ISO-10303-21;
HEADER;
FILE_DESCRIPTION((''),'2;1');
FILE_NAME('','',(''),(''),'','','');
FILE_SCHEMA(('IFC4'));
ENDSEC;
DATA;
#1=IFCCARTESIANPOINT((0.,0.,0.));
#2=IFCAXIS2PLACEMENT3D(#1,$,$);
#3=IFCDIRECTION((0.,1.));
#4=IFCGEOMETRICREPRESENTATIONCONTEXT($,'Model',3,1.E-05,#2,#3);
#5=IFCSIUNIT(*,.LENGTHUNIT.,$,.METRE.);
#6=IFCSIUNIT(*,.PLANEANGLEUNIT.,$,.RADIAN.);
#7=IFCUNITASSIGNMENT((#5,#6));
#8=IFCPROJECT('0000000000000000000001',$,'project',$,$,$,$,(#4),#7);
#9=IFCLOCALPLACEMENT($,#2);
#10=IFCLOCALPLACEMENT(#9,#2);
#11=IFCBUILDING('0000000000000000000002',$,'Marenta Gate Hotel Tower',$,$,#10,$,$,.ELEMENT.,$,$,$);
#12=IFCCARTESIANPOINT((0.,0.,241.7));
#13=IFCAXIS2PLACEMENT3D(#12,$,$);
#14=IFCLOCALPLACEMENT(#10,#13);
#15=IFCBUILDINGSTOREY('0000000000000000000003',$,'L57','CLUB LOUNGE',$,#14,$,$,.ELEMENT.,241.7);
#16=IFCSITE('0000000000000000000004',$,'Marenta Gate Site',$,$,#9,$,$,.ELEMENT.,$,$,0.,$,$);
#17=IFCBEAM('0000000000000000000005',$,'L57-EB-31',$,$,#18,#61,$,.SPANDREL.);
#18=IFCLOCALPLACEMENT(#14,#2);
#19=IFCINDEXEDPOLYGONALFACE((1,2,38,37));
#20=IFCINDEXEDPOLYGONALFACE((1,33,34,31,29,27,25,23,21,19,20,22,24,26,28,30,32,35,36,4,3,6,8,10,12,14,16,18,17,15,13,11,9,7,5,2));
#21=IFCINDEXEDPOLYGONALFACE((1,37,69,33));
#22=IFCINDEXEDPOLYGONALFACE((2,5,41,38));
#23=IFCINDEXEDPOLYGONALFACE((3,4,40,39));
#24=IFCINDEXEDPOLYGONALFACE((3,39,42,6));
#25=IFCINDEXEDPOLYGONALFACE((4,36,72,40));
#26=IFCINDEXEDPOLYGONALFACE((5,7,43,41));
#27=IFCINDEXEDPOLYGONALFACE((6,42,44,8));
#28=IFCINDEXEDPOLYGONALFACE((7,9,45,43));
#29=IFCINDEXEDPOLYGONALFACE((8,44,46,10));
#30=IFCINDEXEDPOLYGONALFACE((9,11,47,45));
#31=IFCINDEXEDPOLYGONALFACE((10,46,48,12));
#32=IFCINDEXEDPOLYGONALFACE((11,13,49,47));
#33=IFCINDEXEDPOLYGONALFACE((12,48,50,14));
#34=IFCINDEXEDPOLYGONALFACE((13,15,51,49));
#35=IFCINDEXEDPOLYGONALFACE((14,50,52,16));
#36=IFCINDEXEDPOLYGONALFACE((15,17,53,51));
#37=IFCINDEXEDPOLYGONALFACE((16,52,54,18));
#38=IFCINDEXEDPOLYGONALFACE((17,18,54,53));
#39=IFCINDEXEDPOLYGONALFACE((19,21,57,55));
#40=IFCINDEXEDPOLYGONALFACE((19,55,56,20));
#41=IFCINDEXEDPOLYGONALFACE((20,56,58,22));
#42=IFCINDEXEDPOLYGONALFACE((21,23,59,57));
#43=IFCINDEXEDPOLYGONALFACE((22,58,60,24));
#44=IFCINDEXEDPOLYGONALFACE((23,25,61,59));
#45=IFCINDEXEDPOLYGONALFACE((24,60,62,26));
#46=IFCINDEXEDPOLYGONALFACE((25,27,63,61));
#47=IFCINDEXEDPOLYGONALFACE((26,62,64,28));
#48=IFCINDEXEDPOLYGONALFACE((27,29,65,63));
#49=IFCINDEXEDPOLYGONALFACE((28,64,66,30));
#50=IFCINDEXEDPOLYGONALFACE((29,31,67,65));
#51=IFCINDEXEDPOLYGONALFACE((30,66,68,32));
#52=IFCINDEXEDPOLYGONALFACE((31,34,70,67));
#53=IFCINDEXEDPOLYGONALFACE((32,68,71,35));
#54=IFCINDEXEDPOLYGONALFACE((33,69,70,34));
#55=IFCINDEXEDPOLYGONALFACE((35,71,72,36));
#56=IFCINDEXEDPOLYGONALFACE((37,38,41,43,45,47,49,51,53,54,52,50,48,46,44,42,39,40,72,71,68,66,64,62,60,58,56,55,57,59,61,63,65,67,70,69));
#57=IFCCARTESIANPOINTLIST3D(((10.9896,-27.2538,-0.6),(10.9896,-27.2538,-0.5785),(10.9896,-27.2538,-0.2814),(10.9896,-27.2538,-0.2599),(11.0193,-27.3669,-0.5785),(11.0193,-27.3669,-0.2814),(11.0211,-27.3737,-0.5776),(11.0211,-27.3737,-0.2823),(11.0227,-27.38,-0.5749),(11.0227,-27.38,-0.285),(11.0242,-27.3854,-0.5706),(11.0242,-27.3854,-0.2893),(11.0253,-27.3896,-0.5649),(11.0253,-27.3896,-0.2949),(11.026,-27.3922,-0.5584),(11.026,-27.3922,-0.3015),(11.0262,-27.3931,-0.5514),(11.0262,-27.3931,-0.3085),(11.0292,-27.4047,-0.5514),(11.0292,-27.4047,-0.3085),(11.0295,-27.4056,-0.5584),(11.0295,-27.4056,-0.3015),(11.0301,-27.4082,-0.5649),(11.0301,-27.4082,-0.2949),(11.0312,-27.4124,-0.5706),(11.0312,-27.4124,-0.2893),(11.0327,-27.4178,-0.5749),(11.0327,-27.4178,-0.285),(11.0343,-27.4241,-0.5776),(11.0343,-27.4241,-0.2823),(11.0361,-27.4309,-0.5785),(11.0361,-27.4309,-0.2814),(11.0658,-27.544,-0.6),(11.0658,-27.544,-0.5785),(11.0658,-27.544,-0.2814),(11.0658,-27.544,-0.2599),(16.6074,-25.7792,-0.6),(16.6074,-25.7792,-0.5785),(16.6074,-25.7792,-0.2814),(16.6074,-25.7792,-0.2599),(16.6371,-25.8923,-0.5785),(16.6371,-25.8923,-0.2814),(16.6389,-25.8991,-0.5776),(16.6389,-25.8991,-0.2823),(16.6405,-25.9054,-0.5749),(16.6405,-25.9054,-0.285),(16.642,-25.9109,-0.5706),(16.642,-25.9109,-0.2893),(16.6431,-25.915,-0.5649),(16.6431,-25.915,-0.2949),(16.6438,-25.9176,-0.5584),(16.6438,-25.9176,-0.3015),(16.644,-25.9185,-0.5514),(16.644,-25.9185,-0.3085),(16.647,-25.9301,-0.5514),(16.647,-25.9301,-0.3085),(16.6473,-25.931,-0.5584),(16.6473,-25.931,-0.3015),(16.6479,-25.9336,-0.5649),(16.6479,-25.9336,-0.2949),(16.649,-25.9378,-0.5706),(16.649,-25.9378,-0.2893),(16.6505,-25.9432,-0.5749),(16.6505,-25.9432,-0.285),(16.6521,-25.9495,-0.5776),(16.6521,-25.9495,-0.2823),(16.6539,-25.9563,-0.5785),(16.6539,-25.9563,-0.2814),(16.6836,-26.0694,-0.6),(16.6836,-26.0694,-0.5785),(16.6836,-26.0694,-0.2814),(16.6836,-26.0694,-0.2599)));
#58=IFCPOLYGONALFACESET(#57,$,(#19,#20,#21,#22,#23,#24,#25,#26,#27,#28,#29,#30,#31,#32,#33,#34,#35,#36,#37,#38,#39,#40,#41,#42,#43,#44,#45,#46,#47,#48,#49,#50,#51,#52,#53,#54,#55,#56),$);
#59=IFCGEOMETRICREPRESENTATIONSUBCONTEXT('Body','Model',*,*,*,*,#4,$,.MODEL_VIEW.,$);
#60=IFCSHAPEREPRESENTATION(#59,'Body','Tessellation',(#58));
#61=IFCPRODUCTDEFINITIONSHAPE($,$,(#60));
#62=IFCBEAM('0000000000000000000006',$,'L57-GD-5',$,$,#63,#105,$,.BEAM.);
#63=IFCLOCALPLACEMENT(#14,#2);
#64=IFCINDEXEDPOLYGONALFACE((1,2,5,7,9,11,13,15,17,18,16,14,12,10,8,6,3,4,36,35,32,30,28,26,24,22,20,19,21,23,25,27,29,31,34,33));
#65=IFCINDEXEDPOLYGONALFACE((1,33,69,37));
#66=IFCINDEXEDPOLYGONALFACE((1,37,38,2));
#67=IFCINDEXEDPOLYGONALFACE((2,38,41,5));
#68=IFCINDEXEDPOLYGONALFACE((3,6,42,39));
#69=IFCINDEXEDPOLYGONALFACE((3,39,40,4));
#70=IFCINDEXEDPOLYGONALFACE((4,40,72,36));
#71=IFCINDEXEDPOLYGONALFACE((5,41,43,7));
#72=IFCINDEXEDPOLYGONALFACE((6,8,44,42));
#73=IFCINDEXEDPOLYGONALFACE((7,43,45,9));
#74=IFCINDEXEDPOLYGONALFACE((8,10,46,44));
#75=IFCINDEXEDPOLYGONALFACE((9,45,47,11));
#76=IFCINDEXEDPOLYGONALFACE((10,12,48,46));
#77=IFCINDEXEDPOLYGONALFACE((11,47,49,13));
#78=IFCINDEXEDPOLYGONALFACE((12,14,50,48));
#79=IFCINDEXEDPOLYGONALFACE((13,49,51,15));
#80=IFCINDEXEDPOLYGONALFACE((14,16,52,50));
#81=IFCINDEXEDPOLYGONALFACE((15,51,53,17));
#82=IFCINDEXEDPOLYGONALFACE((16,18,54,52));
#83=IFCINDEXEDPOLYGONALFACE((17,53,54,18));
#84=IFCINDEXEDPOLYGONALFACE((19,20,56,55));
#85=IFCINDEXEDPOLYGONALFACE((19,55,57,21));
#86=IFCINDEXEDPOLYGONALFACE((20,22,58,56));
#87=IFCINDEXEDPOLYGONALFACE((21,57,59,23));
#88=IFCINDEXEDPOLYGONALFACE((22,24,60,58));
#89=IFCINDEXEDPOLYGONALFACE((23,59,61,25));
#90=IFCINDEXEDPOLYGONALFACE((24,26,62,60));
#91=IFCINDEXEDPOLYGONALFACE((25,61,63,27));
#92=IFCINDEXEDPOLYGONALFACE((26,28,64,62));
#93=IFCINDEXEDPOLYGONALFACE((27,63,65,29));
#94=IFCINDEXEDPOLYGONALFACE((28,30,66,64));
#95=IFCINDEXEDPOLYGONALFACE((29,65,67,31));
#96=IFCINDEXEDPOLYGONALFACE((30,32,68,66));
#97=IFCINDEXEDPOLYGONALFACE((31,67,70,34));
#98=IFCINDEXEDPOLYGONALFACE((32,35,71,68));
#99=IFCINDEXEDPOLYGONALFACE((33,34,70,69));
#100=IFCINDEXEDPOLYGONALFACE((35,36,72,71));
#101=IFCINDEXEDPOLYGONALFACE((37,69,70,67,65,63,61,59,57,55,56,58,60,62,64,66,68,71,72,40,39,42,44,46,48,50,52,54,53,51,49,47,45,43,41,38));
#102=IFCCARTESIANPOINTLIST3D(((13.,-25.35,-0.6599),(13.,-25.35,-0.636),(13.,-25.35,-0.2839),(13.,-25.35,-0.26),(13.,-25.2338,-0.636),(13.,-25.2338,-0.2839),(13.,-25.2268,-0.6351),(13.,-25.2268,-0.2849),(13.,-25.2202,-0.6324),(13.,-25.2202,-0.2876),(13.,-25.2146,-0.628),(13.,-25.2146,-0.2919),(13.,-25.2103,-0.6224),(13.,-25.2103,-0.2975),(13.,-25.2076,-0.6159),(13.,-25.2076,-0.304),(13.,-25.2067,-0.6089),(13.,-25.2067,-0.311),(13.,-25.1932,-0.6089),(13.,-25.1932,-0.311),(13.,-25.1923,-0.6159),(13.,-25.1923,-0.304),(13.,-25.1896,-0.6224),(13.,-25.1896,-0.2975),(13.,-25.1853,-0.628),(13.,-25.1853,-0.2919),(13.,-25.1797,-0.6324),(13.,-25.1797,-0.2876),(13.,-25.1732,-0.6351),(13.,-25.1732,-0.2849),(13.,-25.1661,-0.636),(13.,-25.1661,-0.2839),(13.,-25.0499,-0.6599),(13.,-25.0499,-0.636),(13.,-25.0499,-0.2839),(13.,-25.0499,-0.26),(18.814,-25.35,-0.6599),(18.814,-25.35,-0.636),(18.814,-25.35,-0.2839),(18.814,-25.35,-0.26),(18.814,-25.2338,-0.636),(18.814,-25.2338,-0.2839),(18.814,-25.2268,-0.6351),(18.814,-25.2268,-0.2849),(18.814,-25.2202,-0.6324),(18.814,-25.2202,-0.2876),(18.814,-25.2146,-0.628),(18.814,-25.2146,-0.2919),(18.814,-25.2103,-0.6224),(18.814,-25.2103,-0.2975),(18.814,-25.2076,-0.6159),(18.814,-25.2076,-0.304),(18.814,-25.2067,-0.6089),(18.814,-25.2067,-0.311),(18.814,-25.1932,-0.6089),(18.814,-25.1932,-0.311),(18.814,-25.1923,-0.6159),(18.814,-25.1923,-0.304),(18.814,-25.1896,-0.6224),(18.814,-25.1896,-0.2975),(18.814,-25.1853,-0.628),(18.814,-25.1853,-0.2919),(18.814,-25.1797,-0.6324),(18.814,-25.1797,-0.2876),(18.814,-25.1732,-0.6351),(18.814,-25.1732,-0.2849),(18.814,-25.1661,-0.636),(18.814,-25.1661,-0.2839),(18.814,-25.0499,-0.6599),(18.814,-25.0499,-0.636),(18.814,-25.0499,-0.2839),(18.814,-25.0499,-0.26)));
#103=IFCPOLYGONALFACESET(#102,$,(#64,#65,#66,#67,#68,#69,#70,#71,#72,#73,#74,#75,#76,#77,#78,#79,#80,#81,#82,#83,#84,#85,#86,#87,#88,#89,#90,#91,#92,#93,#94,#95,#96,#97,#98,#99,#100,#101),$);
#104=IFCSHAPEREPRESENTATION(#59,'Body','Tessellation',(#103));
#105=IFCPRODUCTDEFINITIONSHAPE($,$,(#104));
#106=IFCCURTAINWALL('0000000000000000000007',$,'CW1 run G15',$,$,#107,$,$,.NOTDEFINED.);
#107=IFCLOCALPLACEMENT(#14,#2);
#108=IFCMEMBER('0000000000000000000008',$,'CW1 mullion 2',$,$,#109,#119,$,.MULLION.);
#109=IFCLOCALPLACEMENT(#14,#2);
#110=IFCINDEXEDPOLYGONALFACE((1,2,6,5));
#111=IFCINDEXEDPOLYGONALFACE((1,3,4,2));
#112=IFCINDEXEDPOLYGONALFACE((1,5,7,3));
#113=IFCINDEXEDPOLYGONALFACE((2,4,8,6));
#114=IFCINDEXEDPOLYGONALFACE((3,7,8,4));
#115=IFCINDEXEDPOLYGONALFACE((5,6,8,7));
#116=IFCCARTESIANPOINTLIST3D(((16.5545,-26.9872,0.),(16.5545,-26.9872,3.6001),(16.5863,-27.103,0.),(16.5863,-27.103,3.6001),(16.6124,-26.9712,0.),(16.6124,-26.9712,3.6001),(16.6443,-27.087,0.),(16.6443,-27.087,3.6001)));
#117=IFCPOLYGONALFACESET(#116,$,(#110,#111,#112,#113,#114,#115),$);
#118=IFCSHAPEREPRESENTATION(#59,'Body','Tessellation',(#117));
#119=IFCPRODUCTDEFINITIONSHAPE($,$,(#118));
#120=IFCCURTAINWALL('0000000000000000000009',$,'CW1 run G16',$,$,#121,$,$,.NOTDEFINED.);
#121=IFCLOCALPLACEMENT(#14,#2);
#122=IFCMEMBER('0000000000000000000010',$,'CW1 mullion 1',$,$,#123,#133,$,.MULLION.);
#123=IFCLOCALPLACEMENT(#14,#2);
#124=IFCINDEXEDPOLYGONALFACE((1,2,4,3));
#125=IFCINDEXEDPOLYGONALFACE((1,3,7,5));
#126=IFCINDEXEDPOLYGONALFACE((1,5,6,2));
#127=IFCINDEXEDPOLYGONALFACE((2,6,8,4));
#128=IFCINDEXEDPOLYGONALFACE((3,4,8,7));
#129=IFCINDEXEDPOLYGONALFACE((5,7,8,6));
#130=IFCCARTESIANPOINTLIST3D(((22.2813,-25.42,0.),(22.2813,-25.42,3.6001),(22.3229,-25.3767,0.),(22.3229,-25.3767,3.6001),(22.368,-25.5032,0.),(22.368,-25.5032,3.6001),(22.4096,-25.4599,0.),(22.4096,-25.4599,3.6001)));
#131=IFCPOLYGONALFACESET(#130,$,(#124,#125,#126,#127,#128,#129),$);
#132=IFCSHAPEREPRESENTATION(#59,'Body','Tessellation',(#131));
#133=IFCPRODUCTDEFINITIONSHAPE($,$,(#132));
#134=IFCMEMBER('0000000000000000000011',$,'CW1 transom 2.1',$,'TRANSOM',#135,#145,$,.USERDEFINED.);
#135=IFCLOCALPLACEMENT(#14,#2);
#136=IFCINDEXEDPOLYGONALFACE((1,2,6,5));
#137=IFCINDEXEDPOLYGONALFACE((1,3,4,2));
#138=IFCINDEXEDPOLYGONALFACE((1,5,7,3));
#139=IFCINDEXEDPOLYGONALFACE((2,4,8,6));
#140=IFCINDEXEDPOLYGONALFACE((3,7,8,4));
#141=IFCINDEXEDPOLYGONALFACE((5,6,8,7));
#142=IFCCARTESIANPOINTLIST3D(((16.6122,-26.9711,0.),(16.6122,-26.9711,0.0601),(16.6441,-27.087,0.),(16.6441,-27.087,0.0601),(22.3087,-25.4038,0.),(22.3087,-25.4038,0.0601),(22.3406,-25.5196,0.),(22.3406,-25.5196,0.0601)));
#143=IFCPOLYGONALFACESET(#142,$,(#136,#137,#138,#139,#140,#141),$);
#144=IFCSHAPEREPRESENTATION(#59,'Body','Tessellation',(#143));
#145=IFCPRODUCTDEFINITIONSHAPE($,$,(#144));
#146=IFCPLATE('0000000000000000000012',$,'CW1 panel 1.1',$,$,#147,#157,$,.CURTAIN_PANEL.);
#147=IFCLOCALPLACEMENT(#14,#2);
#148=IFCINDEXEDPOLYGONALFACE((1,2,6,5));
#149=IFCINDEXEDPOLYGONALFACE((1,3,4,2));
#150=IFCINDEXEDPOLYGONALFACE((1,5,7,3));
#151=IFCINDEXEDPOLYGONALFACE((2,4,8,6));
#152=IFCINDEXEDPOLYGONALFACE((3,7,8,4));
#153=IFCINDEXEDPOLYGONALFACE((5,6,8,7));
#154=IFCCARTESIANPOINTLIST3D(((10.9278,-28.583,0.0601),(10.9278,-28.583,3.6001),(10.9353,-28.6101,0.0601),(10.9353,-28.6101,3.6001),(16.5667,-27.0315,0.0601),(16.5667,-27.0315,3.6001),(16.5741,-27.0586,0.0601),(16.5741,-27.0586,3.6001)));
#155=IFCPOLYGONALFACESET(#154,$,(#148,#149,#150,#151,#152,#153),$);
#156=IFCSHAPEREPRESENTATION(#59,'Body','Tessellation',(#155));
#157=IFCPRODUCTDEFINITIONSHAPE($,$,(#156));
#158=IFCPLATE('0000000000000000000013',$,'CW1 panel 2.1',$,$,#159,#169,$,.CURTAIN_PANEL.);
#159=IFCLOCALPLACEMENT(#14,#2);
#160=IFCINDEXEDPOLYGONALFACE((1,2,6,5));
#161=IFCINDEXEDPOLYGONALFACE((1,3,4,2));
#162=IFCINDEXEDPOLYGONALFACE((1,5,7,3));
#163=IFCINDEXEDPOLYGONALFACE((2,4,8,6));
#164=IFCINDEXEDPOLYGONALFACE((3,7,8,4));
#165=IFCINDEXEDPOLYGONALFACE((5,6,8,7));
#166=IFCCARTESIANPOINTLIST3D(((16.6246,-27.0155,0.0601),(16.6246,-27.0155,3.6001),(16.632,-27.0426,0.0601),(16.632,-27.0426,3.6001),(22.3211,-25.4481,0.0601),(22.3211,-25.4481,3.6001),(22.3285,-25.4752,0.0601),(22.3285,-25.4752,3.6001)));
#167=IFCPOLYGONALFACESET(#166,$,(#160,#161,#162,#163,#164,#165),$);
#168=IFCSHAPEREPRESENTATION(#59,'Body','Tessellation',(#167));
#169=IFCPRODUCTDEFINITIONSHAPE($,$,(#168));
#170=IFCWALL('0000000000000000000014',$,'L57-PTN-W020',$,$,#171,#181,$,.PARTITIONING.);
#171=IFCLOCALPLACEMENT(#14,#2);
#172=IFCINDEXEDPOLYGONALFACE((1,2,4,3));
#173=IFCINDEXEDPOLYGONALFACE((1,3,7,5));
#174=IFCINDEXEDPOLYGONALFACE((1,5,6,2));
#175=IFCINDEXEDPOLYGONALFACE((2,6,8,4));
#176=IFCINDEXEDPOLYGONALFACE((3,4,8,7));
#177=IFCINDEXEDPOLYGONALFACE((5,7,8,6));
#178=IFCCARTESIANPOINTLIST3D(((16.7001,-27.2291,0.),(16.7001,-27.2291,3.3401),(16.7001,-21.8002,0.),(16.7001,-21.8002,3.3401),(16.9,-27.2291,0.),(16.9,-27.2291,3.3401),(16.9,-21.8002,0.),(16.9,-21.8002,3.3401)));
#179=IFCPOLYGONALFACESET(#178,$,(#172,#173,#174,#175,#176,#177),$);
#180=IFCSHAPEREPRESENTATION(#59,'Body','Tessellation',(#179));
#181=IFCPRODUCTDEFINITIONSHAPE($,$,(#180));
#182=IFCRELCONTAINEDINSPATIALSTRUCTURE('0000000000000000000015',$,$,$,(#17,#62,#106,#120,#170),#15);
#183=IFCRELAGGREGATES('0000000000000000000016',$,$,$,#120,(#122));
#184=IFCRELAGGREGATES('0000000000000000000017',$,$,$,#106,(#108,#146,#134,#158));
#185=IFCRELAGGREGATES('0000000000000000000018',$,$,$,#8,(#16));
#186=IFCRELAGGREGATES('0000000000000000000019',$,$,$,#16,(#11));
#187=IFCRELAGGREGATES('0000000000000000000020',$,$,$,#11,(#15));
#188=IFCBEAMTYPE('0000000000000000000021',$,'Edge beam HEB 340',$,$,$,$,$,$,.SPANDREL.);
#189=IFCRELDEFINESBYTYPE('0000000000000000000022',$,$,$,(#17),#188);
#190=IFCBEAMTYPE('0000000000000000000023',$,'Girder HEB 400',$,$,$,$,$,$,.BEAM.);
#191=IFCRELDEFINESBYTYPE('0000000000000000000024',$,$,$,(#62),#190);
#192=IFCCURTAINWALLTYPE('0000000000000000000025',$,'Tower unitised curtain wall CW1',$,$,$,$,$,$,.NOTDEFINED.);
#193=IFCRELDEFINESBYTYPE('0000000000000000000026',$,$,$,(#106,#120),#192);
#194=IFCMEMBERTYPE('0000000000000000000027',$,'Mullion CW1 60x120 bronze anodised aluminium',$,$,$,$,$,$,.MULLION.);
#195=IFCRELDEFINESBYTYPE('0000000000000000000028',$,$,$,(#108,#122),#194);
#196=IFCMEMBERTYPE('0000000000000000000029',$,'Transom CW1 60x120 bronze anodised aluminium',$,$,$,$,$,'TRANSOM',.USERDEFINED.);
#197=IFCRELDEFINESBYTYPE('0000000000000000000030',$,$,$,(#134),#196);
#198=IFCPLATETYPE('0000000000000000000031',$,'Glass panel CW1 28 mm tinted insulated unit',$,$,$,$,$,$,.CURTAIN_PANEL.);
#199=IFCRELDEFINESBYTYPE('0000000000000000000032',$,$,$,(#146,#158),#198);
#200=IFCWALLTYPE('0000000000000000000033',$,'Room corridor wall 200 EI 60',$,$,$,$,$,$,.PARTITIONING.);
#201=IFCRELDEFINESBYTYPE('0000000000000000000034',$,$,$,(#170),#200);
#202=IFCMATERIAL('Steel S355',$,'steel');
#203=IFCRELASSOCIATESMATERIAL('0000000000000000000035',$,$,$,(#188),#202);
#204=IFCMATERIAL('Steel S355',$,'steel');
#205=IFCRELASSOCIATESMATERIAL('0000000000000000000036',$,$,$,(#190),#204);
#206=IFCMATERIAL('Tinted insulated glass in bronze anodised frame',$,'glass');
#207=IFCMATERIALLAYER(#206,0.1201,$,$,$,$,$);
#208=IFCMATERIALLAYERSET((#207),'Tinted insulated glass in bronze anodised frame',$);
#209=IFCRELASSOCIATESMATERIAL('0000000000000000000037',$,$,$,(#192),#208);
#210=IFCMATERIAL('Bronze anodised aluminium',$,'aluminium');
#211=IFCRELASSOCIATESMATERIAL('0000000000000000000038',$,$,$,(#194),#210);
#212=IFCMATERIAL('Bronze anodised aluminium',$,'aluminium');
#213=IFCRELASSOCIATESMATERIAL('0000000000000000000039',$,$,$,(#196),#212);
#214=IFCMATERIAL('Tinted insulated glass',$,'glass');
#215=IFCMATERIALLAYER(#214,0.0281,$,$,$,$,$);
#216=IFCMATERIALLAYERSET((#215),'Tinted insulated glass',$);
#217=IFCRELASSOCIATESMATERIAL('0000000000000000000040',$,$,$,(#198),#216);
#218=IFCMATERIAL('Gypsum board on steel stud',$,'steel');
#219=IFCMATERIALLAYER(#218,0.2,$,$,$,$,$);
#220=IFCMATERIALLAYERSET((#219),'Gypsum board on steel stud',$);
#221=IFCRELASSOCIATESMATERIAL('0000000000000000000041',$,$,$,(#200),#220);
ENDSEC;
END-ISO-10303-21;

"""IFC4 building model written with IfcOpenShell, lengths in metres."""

from ifc_helpers import new_model, si_unit, direction, frame, frame_2d, origin, origin_2d, place, context, subcontext, project, spatial, rectangle, i_section, extrude, material, layer, layer_set, material_profile, profile_set, type_object, element, aggregate, save


model = new_model("IFC4")

# Units and contexts
model_context = context("Model", 3, precision=1e-05, world=origin(), true_north=direction((0.0, 1.0)))
body_context = subcontext(model_context, "Body", "Model", "MODEL_VIEW")
ifc_project = project(units=[si_unit("LENGTHUNIT", "METRE"), si_unit("PLANEANGLEUNIT", "RADIAN")], contexts=[model_context])

# Site, building, storey
site_placement = place(None, origin())
site = spatial("IfcSite", under=ifc_project, at=site_placement, Name="Marenta Gate Site", CompositionType="ELEMENT", RefElevation=0.0)
building_placement = place(site_placement, origin())
building = spatial("IfcBuilding", under=site, at=building_placement, Name="Marenta Gate Hotel Tower", CompositionType="ELEMENT")
storey_placement = place(building_placement, frame((0.0, 0.0, 241.7)))
storey = spatial("IfcBuildingStorey", under=building, at=storey_placement, Name="L57", Description="CLUB LOUNGE", CompositionType="ELEMENT", Elevation=241.7)

# Beams
ifc_material_1 = material(Name="Steel S355", Category="steel")
ifc_material_profile_1 = material_profile(ifc_material_1, i_section(OverallWidth=0.3, OverallDepth=0.3401, WebThickness=0.012, FlangeThickness=0.0215, FilletRadius=0.0271, at=origin_2d()), Name="HEB 340")
ifc_profile_set_1 = profile_set([ifc_material_profile_1], Name="Steel S355")
beam_type_1 = type_object("IfcBeamType", Name="Edge beam HEB 340", PredefinedType="SPANDREL", material=ifc_profile_set_1)
beam_1_placement = place(storey_placement, frame((16.6455, -25.9243, -0.4299), z_axis=(-0.967235, -0.253883, 0.0), x_axis=(0.253883, -0.967235, 0.0)))
element("IfcBeam", 1, at=beam_1_placement, inside=storey, type_object=beam_type_1, Name="L57-EB-31", PredefinedType="SPANDREL", context=body_context, shape_type="SweptSolid", body=[
    extrude(i_section(OverallWidth=0.3, OverallDepth=0.3401, WebThickness=0.012, FlangeThickness=0.0215, FilletRadius=0.0271, at=origin_2d()), origin(), (0.0, 0.0, 1.0), 5.8081),
])
ifc_material_2 = material(Name="Steel S355", Category="steel")
ifc_material_profile_2 = material_profile(ifc_material_2, i_section(OverallWidth=0.3, OverallDepth=0.3999, WebThickness=0.0134, FlangeThickness=0.0239, FilletRadius=0.0271, at=origin_2d()), Name="HEB 400")
ifc_profile_set_2 = profile_set([ifc_material_profile_2], Name="Steel S355")
beam_type_2 = type_object("IfcBeamType", Name="Girder HEB 400", PredefinedType="BEAM", material=ifc_profile_set_2)
beam_2_placement = place(storey_placement, frame((13.0, -25.2, -0.46), z_axis=(1.0, 0.0, 0.0), x_axis=(0.0, 1.0, 0.0)))
element("IfcBeam", 2, at=beam_2_placement, inside=storey, type_object=beam_type_2, Name="L57-GD-5", PredefinedType="BEAM", context=body_context, shape_type="SweptSolid", body=[
    extrude(i_section(OverallWidth=0.3, OverallDepth=0.3999, WebThickness=0.0134, FlangeThickness=0.0239, FilletRadius=0.0271, at=origin_2d()), origin(), (0.0, 0.0, 1.0), 5.814),
])

# Curtain walls, members
ifc_material_3 = material(Name="Tinted insulated glass in bronze anodised frame", Category="glass")
ifc_layer_1 = layer(ifc_material_3, 0.1201)
ifc_layer_set_1 = layer_set([ifc_layer_1], Name="Tinted insulated glass in bronze anodised frame")
curtain_wall_type = type_object("IfcCurtainWallType", Name="Tower unitised curtain wall CW1", PredefinedType="NOTDEFINED", material=ifc_layer_set_1)
curtain_wall_1_placement = place(storey_placement, origin())
curtain_wall_1 = element("IfcCurtainWall", 3, at=curtain_wall_1_placement, inside=storey, type_object=curtain_wall_type, Name="CW1 run G15", PredefinedType="NOTDEFINED")
ifc_material_4 = material(Name="Bronze anodised aluminium", Category="aluminium")
ifc_material_profile_3 = material_profile(ifc_material_4, rectangle(XDim=0.1201, YDim=0.0601, at=origin_2d()), Name="Mullion CW1 60x120 bronze anodised aluminium")
ifc_profile_set_3 = profile_set([ifc_material_profile_3], Name="Bronze anodised aluminium")
member_type_1 = type_object("IfcMemberType", Name="Mullion CW1 60x120 bronze anodised aluminium", PredefinedType="MULLION", material=ifc_profile_set_3)
member_1_placement = place(storey_placement, frame((16.5994, -27.0371, 0.0), z_axis=(0.0, 0.0, 1.0), x_axis=(-0.265293, 0.964168, 0.0)))
member_1 = element("IfcMember", 4, at=member_1_placement, type_object=member_type_1, Name="CW1 mullion 2", PredefinedType="MULLION", context=body_context, shape_type="SweptSolid", body=[
    extrude(rectangle(XDim=0.1201, YDim=0.0601, at=origin_2d()), origin(), (0.0, 0.0, 1.0), 3.6001),
])
curtain_wall_2_placement = place(storey_placement, origin())
curtain_wall_2 = element("IfcCurtainWall", 5, at=curtain_wall_2_placement, inside=storey, type_object=curtain_wall_type, Name="CW1 run G16", PredefinedType="NOTDEFINED")
member_2_placement = place(storey_placement, frame((22.3455, -25.4399, 0.0), z_axis=(0.0, 0.0, 1.0), x_axis=(-0.721375, 0.692545, 0.0)))
member_2 = element("IfcMember", 6, at=member_2_placement, type_object=member_type_1, Name="CW1 mullion 1", PredefinedType="MULLION", context=body_context, shape_type="SweptSolid", body=[
    extrude(rectangle(XDim=0.1201, YDim=0.0601, at=origin_2d()), origin(), (0.0, 0.0, 1.0), 3.6001),
])
aggregate(curtain_wall_2, [member_2])

# Member
ifc_material_5 = material(Name="Bronze anodised aluminium", Category="aluminium")
ifc_material_profile_4 = material_profile(ifc_material_5, rectangle(XDim=0.1201, YDim=0.0601, at=origin_2d()), Name="Transom CW1 60x120 bronze anodised aluminium")
ifc_profile_set_4 = profile_set([ifc_material_profile_4], Name="Bronze anodised aluminium")
member_type_2 = type_object("IfcMemberType", Name="Transom CW1 60x120 bronze anodised aluminium", ElementType="TRANSOM", PredefinedType="USERDEFINED", material=ifc_profile_set_4)
member_3_placement = place(storey_placement, frame((16.6282, -27.0291, 0.03), z_axis=(0.964169, 0.265288, 0.0), x_axis=(-0.265288, 0.964169, 0.0)))
member_3 = element("IfcMember", 7, at=member_3_placement, type_object=member_type_2, Name="CW1 transom 2.1", ObjectType="TRANSOM", PredefinedType="USERDEFINED", context=body_context, shape_type="SweptSolid", body=[
    extrude(rectangle(XDim=0.1201, YDim=0.0601, at=origin_2d()), origin(), (0.0, 0.0, 1.0), 5.9082),
])

# Plates
ifc_material_6 = material(Name="Tinted insulated glass", Category="glass")
ifc_layer_2 = layer(ifc_material_6, 0.0281)
ifc_layer_set_2 = layer_set([ifc_layer_2], Name="Tinted insulated glass")
plate_type = type_object("IfcPlateType", Name="Glass panel CW1 28 mm tinted insulated unit", PredefinedType="CURTAIN_PANEL", material=ifc_layer_set_2)
plate_1_placement = place(storey_placement, frame((13.751, -27.8208, 0.0601), z_axis=(0.0, 0.0, 1.0), x_axis=(0.964168, 0.265293, 0.0)))
plate_1 = element("IfcPlate", 8, at=plate_1_placement, type_object=plate_type, Name="CW1 panel 1.1", PredefinedType="CURTAIN_PANEL", context=body_context, shape_type="SweptSolid", body=[
    extrude(rectangle(XDim=5.8484, YDim=0.0281, at=origin_2d()), origin(), (0.0, 0.0, 1.0), 3.54),
])
plate_2_placement = place(storey_placement, frame((19.4766, -26.2454, 0.0601), z_axis=(0.0, 0.0, 1.0), x_axis=(0.964168, 0.265293, 0.0)))
plate_2 = element("IfcPlate", 9, at=plate_2_placement, type_object=plate_type, Name="CW1 panel 2.1", PredefinedType="CURTAIN_PANEL", context=body_context, shape_type="SweptSolid", body=[
    extrude(rectangle(XDim=5.9082, YDim=0.0281, at=origin_2d()), origin(), (0.0, 0.0, 1.0), 3.54),
])
aggregate(curtain_wall_1, [member_1, plate_1, member_3, plate_2])

# Shared definitions
ifc_material_7 = material(Name="Gypsum board on steel stud", Category="steel")
ifc_layer_3 = layer(ifc_material_7, 0.2)
ifc_layer_set_3 = layer_set([ifc_layer_3], Name="Gypsum board on steel stud")
wall_type_1 = type_object("IfcWallType", Name="Room corridor wall 200 EI 60", PredefinedType="PARTITIONING", material=ifc_layer_set_3)

# Wall
wall_1_placement = place(storey_placement, frame((16.8, -27.229, 0.0), z_axis=(0.0, 0.0, 1.0), x_axis=(0.0, 1.0, 0.0)))
element("IfcWall", 10, at=wall_1_placement, inside=storey, type_object=wall_type_1, Name="L57-PTN-W020", PredefinedType="PARTITIONING", context=body_context, shape_type="SweptSolid", body=[
    extrude(rectangle(XDim=5.429, YDim=0.2, at=frame_2d((2.7144, 0.0))), origin(), (0.0, 0.0, 1.0), 3.3401),
])

save(model, "model.ifc")
